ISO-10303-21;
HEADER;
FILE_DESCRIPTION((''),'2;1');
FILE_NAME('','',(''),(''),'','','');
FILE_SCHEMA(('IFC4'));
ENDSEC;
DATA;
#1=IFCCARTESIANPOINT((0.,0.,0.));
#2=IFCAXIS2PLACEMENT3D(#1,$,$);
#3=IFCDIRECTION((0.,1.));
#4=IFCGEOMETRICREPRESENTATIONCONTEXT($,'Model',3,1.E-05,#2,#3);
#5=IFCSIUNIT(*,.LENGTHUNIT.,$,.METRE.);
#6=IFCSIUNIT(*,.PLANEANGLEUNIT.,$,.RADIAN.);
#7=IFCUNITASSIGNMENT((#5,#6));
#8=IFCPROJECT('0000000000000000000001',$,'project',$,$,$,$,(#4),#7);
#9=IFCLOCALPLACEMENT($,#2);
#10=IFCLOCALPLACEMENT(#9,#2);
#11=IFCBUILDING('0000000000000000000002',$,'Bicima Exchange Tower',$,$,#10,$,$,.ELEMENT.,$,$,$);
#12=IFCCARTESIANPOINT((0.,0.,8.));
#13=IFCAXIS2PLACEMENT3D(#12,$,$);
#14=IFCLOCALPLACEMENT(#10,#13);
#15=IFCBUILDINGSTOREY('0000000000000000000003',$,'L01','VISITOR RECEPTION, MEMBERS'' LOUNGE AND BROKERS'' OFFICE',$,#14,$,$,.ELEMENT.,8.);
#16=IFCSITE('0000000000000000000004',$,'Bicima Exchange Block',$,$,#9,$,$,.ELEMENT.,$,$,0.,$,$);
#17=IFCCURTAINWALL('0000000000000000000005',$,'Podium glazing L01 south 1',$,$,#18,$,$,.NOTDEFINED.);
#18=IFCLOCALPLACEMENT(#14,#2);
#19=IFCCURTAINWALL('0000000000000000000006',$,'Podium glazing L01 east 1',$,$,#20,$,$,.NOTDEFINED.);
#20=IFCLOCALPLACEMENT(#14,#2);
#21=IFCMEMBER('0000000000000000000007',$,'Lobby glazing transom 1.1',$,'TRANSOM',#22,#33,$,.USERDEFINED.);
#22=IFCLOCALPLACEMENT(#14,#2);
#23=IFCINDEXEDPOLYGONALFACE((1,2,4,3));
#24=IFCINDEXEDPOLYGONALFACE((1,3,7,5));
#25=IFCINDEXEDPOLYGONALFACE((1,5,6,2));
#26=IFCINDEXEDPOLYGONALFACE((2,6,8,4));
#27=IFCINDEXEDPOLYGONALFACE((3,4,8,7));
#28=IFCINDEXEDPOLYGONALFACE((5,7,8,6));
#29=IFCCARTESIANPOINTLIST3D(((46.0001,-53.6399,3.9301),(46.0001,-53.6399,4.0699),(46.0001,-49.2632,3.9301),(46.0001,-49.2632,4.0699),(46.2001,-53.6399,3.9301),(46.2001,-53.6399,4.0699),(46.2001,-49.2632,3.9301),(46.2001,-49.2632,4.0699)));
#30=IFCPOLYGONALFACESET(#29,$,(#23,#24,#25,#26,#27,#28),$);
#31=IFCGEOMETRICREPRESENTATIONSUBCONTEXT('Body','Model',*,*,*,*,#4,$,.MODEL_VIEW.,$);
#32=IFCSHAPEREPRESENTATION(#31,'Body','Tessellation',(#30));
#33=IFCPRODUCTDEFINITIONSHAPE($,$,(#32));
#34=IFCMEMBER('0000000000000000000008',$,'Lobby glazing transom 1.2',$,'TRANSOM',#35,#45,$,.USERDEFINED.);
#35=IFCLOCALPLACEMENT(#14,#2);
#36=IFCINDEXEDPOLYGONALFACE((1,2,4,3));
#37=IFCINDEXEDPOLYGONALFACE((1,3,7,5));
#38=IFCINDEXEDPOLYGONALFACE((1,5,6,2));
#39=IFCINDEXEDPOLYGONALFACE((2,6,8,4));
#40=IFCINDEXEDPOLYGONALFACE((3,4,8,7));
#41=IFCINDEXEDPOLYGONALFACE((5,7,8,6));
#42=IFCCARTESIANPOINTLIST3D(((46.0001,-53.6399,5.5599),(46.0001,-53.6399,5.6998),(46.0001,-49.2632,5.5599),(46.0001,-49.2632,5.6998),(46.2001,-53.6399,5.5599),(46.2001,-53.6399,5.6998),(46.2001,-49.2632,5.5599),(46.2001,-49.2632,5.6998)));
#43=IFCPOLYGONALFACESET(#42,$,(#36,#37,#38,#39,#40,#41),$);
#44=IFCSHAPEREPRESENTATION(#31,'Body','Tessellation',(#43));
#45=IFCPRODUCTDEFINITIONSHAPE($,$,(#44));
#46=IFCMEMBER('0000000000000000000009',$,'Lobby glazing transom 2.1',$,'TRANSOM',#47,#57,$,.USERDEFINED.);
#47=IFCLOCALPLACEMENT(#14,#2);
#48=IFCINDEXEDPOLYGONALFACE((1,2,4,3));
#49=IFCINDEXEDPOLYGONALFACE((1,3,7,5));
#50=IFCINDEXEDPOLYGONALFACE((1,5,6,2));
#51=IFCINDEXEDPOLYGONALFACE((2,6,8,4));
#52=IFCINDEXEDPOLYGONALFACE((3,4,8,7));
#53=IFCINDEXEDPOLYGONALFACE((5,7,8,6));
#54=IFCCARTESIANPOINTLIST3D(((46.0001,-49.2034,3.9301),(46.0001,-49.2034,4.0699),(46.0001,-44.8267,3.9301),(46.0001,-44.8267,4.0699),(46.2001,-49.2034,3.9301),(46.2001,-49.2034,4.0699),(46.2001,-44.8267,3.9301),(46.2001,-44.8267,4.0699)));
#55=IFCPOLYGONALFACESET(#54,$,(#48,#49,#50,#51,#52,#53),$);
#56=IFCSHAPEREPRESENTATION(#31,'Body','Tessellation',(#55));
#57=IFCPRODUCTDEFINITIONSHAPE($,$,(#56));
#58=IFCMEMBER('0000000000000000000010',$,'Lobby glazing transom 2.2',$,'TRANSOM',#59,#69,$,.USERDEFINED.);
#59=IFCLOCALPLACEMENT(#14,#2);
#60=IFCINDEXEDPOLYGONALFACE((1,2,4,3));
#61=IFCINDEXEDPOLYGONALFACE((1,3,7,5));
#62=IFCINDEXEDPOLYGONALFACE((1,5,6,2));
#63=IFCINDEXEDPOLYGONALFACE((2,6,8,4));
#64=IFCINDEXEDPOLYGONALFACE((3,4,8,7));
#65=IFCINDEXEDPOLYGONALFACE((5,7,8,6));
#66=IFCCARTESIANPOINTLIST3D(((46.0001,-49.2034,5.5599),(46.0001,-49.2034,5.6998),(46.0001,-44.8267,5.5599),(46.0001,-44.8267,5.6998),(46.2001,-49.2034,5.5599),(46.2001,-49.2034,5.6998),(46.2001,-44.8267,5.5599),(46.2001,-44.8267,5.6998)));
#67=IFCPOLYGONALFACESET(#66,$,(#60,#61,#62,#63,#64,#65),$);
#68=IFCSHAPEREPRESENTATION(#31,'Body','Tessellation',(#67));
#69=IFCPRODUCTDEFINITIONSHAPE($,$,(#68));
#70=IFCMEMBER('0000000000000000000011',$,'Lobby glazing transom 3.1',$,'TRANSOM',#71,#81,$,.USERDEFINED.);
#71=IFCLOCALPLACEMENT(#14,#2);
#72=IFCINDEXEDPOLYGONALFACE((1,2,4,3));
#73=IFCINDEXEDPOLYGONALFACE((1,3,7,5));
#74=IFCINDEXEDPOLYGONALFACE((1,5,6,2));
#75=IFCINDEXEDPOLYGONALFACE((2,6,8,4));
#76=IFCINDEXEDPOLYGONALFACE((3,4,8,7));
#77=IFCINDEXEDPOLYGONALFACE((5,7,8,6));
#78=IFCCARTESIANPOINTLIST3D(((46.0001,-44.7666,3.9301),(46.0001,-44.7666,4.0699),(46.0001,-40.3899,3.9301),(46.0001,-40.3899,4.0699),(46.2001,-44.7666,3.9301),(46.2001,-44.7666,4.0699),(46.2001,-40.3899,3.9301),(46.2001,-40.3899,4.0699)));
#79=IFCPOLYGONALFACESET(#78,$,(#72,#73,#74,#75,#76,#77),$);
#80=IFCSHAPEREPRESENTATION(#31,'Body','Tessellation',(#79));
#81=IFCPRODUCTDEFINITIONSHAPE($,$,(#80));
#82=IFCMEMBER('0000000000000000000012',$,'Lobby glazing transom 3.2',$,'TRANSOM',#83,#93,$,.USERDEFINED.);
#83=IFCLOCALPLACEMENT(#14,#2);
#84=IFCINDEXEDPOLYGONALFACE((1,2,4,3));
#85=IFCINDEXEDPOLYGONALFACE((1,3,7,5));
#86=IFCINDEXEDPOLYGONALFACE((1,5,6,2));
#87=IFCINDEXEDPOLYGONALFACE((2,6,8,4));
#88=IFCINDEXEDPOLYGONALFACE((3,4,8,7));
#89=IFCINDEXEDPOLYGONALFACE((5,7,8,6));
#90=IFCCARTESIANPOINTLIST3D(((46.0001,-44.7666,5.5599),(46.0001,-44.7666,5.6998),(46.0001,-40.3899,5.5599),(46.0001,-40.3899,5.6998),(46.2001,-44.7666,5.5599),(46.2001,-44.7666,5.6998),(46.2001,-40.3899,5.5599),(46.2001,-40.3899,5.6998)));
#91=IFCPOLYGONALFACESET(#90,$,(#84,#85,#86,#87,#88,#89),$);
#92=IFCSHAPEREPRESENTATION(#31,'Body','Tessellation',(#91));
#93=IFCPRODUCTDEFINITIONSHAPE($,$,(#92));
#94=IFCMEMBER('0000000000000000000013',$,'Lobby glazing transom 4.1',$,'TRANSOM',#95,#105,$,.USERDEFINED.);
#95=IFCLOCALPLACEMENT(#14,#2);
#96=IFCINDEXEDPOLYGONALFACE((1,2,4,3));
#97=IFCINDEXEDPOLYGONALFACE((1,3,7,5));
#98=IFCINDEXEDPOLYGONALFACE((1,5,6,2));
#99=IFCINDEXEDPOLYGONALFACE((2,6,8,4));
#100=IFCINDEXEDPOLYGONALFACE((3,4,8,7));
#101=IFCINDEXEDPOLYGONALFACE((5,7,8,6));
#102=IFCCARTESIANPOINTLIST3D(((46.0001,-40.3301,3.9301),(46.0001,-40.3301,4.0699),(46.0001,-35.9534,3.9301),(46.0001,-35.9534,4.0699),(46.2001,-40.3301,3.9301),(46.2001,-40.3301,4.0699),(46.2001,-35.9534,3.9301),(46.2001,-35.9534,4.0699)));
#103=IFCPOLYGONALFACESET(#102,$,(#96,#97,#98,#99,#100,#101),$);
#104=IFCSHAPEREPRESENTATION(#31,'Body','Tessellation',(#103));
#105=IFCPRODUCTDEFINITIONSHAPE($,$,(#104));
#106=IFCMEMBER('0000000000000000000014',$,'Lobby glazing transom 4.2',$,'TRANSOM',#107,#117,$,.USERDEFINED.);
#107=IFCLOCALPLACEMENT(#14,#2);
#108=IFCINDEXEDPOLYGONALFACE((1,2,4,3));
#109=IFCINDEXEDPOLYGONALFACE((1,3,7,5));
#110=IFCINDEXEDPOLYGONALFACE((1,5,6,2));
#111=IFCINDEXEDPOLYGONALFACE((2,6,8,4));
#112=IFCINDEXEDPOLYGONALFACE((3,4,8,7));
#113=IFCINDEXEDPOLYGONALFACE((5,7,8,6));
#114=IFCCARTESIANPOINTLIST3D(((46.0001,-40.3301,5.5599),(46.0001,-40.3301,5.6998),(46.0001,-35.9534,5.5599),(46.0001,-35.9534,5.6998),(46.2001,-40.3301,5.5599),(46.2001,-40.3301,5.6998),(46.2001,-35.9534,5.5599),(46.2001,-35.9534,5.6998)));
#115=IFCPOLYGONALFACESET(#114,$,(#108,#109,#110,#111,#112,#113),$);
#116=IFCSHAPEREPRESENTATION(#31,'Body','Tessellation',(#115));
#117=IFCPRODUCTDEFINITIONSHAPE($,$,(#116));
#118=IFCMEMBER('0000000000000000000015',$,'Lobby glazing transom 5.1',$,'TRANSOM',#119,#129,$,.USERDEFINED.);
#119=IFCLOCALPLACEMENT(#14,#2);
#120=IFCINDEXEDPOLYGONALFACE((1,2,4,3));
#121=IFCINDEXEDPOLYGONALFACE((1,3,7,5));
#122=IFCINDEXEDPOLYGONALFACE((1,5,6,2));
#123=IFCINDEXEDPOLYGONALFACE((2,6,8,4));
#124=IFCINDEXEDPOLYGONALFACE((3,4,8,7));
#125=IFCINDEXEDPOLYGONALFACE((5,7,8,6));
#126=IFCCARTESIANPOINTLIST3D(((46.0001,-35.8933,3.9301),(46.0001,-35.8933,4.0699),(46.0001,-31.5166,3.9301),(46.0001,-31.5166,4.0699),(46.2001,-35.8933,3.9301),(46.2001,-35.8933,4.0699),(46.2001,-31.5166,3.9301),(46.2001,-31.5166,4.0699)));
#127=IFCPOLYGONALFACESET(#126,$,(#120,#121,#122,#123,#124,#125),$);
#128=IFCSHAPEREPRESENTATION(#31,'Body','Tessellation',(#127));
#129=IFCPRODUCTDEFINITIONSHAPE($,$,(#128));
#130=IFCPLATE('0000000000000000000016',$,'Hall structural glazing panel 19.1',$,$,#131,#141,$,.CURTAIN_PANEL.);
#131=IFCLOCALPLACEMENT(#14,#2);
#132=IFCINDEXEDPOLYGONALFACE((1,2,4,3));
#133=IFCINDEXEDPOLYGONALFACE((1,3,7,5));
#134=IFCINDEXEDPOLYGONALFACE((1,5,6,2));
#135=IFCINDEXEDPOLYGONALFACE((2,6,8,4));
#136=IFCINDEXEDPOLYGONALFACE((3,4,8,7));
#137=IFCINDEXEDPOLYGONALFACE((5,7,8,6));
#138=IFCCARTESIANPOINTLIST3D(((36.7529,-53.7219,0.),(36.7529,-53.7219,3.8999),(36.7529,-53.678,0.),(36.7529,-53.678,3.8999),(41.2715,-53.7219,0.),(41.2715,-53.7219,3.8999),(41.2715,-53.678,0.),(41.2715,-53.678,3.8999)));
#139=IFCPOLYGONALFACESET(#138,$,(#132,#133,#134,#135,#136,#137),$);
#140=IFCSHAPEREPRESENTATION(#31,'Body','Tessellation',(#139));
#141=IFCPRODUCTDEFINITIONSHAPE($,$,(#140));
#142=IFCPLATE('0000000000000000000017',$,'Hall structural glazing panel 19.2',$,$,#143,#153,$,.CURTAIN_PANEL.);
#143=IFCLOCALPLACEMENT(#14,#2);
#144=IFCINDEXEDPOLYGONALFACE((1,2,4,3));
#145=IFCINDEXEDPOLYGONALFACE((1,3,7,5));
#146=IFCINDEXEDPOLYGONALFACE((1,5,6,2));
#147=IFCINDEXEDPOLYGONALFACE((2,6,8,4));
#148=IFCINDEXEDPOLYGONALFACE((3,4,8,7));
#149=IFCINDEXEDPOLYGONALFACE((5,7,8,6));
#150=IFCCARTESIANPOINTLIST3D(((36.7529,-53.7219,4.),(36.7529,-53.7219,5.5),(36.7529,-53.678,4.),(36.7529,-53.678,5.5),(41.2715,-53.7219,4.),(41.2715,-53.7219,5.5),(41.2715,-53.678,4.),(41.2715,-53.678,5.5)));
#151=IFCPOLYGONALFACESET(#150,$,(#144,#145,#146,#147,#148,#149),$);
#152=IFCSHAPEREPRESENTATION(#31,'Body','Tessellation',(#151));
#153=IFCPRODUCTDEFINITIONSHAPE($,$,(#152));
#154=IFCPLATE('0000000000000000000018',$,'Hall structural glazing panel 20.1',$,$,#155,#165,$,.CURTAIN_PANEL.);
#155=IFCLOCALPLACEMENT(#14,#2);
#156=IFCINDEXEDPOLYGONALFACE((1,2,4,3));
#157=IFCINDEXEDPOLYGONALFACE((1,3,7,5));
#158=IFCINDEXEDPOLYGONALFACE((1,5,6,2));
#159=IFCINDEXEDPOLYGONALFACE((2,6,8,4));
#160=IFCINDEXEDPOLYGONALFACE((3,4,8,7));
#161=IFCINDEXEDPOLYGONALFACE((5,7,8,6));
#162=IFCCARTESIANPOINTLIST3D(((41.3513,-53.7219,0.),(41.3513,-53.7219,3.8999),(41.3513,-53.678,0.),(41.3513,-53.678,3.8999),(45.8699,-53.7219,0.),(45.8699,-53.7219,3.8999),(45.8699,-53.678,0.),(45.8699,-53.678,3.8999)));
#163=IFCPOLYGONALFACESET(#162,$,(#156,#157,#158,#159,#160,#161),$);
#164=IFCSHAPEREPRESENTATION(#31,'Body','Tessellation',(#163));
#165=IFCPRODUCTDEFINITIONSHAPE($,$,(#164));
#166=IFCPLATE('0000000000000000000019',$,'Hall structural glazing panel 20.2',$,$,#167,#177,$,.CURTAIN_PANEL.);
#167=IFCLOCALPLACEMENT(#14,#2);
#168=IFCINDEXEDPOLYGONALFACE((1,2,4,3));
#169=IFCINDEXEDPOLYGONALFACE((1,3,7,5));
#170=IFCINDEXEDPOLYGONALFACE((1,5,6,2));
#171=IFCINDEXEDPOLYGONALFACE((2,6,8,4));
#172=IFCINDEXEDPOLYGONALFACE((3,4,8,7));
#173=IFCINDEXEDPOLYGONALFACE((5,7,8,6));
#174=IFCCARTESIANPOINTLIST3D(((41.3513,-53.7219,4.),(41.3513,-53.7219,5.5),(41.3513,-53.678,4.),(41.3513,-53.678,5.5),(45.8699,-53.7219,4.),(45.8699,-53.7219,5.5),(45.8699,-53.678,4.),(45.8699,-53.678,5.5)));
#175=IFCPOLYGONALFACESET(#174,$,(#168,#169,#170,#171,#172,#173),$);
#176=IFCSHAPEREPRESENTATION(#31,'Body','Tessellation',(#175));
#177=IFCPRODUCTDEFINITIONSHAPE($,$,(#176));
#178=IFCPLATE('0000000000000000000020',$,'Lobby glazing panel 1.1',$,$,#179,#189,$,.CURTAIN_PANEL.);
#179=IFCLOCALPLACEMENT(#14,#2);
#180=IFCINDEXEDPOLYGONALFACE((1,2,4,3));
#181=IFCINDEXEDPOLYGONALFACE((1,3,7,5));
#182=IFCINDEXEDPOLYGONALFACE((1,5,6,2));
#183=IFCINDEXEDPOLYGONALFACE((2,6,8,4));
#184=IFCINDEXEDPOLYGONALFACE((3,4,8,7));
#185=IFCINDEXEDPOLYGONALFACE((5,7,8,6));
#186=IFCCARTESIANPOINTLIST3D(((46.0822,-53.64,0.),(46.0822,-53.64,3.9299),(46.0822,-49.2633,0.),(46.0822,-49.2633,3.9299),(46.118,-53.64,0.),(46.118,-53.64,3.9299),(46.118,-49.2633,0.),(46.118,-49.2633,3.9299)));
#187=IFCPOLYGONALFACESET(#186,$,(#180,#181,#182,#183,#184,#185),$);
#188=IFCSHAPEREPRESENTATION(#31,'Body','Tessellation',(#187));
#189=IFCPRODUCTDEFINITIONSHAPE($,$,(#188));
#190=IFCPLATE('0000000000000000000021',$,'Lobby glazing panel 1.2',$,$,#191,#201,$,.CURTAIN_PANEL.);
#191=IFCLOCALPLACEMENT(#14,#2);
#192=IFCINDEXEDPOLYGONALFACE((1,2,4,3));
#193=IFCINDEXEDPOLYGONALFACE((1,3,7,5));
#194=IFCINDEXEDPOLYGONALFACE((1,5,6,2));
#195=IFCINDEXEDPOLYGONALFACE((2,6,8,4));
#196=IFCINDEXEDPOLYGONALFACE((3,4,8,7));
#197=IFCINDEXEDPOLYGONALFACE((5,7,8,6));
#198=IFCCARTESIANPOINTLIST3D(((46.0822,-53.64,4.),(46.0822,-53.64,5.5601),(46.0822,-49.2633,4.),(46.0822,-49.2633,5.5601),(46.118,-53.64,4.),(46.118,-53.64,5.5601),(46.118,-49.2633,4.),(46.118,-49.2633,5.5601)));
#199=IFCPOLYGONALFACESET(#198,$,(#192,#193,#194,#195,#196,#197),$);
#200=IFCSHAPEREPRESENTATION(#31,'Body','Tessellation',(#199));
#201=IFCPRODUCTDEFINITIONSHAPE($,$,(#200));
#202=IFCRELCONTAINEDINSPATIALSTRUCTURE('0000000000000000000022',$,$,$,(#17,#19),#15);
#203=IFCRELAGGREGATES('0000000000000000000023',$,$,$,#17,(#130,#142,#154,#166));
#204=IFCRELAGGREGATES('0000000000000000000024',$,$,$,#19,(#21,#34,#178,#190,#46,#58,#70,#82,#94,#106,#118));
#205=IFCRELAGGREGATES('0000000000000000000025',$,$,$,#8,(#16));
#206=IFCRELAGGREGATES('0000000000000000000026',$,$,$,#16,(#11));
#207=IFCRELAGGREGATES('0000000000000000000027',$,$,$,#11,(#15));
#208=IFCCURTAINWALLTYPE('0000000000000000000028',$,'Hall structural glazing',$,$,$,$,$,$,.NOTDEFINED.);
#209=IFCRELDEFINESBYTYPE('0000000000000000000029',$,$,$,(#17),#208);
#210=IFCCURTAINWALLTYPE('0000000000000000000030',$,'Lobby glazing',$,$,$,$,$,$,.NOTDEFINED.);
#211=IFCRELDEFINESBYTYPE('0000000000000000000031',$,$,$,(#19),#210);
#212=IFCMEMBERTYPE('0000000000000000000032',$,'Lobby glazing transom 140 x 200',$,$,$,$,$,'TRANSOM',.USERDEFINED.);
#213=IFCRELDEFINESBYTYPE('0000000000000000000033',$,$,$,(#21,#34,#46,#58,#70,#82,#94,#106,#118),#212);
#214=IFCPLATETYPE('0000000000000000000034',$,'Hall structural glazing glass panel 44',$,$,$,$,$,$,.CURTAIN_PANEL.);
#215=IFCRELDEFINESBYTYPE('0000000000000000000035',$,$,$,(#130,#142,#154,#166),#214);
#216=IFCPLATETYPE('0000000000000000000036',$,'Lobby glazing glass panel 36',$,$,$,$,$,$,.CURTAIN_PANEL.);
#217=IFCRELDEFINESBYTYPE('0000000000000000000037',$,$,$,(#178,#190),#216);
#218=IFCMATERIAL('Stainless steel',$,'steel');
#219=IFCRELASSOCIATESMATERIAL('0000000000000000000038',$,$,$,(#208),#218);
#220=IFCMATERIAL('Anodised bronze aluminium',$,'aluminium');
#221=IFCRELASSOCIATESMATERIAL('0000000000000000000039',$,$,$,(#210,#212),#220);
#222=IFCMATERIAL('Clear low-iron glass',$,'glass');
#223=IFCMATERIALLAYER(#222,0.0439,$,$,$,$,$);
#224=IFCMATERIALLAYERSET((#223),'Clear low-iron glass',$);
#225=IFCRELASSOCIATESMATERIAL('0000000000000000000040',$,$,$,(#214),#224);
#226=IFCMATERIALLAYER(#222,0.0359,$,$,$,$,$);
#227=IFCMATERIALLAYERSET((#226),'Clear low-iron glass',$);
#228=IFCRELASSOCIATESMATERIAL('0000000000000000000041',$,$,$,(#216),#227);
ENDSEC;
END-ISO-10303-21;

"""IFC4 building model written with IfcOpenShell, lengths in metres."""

from ifc_helpers import new_model, si_unit, direction, frame, origin, origin_2d, place, context, subcontext, project, spatial, rectangle, extrude, material, layer, layer_set, material_profile, profile_set, type_object, element, aggregate, save


model = new_model("IFC4")

# Units and contexts
model_context = context("Model", 3, precision=1e-05, world=origin(), true_north=direction((0.0, 1.0)))
body_context = subcontext(model_context, "Body", "Model", "MODEL_VIEW")
ifc_project = project(units=[si_unit("LENGTHUNIT", "METRE"), si_unit("PLANEANGLEUNIT", "RADIAN")], contexts=[model_context])

# Site, building, storey
site_placement = place(None, origin())
site = spatial("IfcSite", under=ifc_project, at=site_placement, Name="Bicima Exchange Block", CompositionType="ELEMENT", RefElevation=0.0)
building_placement = place(site_placement, origin())
building = spatial("IfcBuilding", under=site, at=building_placement, Name="Bicima Exchange Tower", CompositionType="ELEMENT")
storey_placement = place(building_placement, frame((0.0, 0.0, 8.0)))
storey = spatial("IfcBuildingStorey", under=building, at=storey_placement, Name="L01", Description="VISITOR RECEPTION, MEMBERS' LOUNGE AND BROKERS' OFFICE", CompositionType="ELEMENT", Elevation=8.0)

# Curtain walls, members
ifc_material_1 = material(Name="Stainless steel", Category="steel")
curtain_wall_type_1 = type_object("IfcCurtainWallType", Name="Hall structural glazing", PredefinedType="NOTDEFINED", material=ifc_material_1)
curtain_wall_1_placement = place(storey_placement, origin())
curtain_wall_1 = element("IfcCurtainWall", 1, at=curtain_wall_1_placement, inside=storey, type_object=curtain_wall_type_1, Name="Podium glazing L01 south 1", PredefinedType="NOTDEFINED")
ifc_material_2 = material(Name="Anodised bronze aluminium", Category="aluminium")
curtain_wall_type_2 = type_object("IfcCurtainWallType", Name="Lobby glazing", PredefinedType="NOTDEFINED", material=ifc_material_2)
curtain_wall_2_placement = place(storey_placement, origin())
curtain_wall_2 = element("IfcCurtainWall", 2, at=curtain_wall_2_placement, inside=storey, type_object=curtain_wall_type_2, Name="Podium glazing L01 east 1", PredefinedType="NOTDEFINED")
ifc_material_profile_1 = material_profile(ifc_material_2, rectangle(XDim=0.2, YDim=0.1399, at=origin_2d()))
ifc_profile_set_1 = profile_set([ifc_material_profile_1], Name="Anodised bronze aluminium")
member_type_1 = type_object("IfcMemberType", Name="Lobby glazing transom 140 x 200", ElementType="TRANSOM", PredefinedType="USERDEFINED", material=ifc_profile_set_1)
member_1_placement = place(storey_placement, frame((46.1001, -53.6399, 4.0), z_axis=(0.0, 1.0, 0.0), x_axis=(-1.0, 0.0, 0.0)))
member_1 = element("IfcMember", 3, at=member_1_placement, type_object=member_type_1, Name="Lobby glazing transom 1.1", ObjectType="TRANSOM", PredefinedType="USERDEFINED", context=body_context, shape_type="SweptSolid", body=[
    extrude(rectangle(XDim=0.2, YDim=0.1399, at=origin_2d()), origin(), (0.0, 0.0, 1.0), 4.3767),
])
member_2_placement = place(storey_placement, frame((46.1001, -53.6399, 5.6299), z_axis=(0.0, 1.0, 0.0), x_axis=(-1.0, 0.0, 0.0)))
member_2 = element("IfcMember", 4, at=member_2_placement, type_object=member_type_1, Name="Lobby glazing transom 1.2", ObjectType="TRANSOM", PredefinedType="USERDEFINED", context=body_context, shape_type="SweptSolid", body=[
    extrude(rectangle(XDim=0.2, YDim=0.1399, at=origin_2d()), origin(), (0.0, 0.0, 1.0), 4.3767),
])
member_3_placement = place(storey_placement, frame((46.1001, -49.2034, 4.0), z_axis=(0.0, 1.0, 0.0), x_axis=(-1.0, 0.0, 0.0)))
member_3 = element("IfcMember", 5, at=member_3_placement, type_object=member_type_1, Name="Lobby glazing transom 2.1", ObjectType="TRANSOM", PredefinedType="USERDEFINED", context=body_context, shape_type="SweptSolid", body=[
    extrude(rectangle(XDim=0.2, YDim=0.1399, at=origin_2d()), origin(), (0.0, 0.0, 1.0), 4.3767),
])
member_4_placement = place(storey_placement, frame((46.1001, -49.2034, 5.6299), z_axis=(0.0, 1.0, 0.0), x_axis=(-1.0, 0.0, 0.0)))
member_4 = element("IfcMember", 6, at=member_4_placement, type_object=member_type_1, Name="Lobby glazing transom 2.2", ObjectType="TRANSOM", PredefinedType="USERDEFINED", context=body_context, shape_type="SweptSolid", body=[
    extrude(rectangle(XDim=0.2, YDim=0.1399, at=origin_2d()), origin(), (0.0, 0.0, 1.0), 4.3767),
])
member_5_placement = place(storey_placement, frame((46.1001, -44.7666, 4.0), z_axis=(0.0, 1.0, 0.0), x_axis=(-1.0, 0.0, 0.0)))
member_5 = element("IfcMember", 7, at=member_5_placement, type_object=member_type_1, Name="Lobby glazing transom 3.1", ObjectType="TRANSOM", PredefinedType="USERDEFINED", context=body_context, shape_type="SweptSolid", body=[
    extrude(rectangle(XDim=0.2, YDim=0.1399, at=origin_2d()), origin(), (0.0, 0.0, 1.0), 4.3767),
])
member_6_placement = place(storey_placement, frame((46.1001, -44.7666, 5.6299), z_axis=(0.0, 1.0, 0.0), x_axis=(-1.0, 0.0, 0.0)))
member_6 = element("IfcMember", 8, at=member_6_placement, type_object=member_type_1, Name="Lobby glazing transom 3.2", ObjectType="TRANSOM", PredefinedType="USERDEFINED", context=body_context, shape_type="SweptSolid", body=[
    extrude(rectangle(XDim=0.2, YDim=0.1399, at=origin_2d()), origin(), (0.0, 0.0, 1.0), 4.3767),
])
member_7_placement = place(storey_placement, frame((46.1001, -40.3301, 4.0), z_axis=(0.0, 1.0, 0.0), x_axis=(-1.0, 0.0, 0.0)))
member_7 = element("IfcMember", 9, at=member_7_placement, type_object=member_type_1, Name="Lobby glazing transom 4.1", ObjectType="TRANSOM", PredefinedType="USERDEFINED", context=body_context, shape_type="SweptSolid", body=[
    extrude(rectangle(XDim=0.2, YDim=0.1399, at=origin_2d()), origin(), (0.0, 0.0, 1.0), 4.3767),
])
member_8_placement = place(storey_placement, frame((46.1001, -40.3301, 5.6299), z_axis=(0.0, 1.0, 0.0), x_axis=(-1.0, 0.0, 0.0)))
member_8 = element("IfcMember", 10, at=member_8_placement, type_object=member_type_1, Name="Lobby glazing transom 4.2", ObjectType="TRANSOM", PredefinedType="USERDEFINED", context=body_context, shape_type="SweptSolid", body=[
    extrude(rectangle(XDim=0.2, YDim=0.1399, at=origin_2d()), origin(), (0.0, 0.0, 1.0), 4.3767),
])
member_9_placement = place(storey_placement, frame((46.1001, -35.8933, 4.0), z_axis=(0.0, 1.0, 0.0), x_axis=(-1.0, 0.0, 0.0)))
member_9 = element("IfcMember", 11, at=member_9_placement, type_object=member_type_1, Name="Lobby glazing transom 5.1", ObjectType="TRANSOM", PredefinedType="USERDEFINED", context=body_context, shape_type="SweptSolid", body=[
    extrude(rectangle(XDim=0.2, YDim=0.1399, at=origin_2d()), origin(), (0.0, 0.0, 1.0), 4.3767),
])

# Plates
ifc_material_3 = material(Name="Clear low-iron glass", Category="glass")
ifc_layer_1 = layer(ifc_material_3, 0.0439)
ifc_layer_set_1 = layer_set([ifc_layer_1], Name="Clear low-iron glass")
plate_type_1 = type_object("IfcPlateType", Name="Hall structural glazing glass panel 44", PredefinedType="CURTAIN_PANEL", material=ifc_layer_set_1)
plate_1_placement = place(storey_placement, frame((39.0122, -53.7, 0.0), z_axis=(0.0, 0.0, 1.0), x_axis=(1.0, 0.0, 0.0)))
plate_1 = element("IfcPlate", 12, at=plate_1_placement, type_object=plate_type_1, Name="Hall structural glazing panel 19.1", PredefinedType="CURTAIN_PANEL", context=body_context, shape_type="SweptSolid", body=[
    extrude(rectangle(XDim=4.5186, YDim=0.0439, at=origin_2d()), origin(), (0.0, 0.0, 1.0), 3.8999),
])
plate_2_placement = place(storey_placement, frame((39.0122, -53.7, 4.0), z_axis=(0.0, 0.0, 1.0), x_axis=(1.0, 0.0, 0.0)))
plate_2 = element("IfcPlate", 13, at=plate_2_placement, type_object=plate_type_1, Name="Hall structural glazing panel 19.2", PredefinedType="CURTAIN_PANEL", context=body_context, shape_type="SweptSolid", body=[
    extrude(rectangle(XDim=4.5186, YDim=0.0439, at=origin_2d()), origin(), (0.0, 0.0, 1.0), 1.5),
])
plate_3_placement = place(storey_placement, frame((43.6106, -53.7, 0.0), z_axis=(0.0, 0.0, 1.0), x_axis=(1.0, 0.0, 0.0)))
plate_3 = element("IfcPlate", 14, at=plate_3_placement, type_object=plate_type_1, Name="Hall structural glazing panel 20.1", PredefinedType="CURTAIN_PANEL", context=body_context, shape_type="SweptSolid", body=[
    extrude(rectangle(XDim=4.5186, YDim=0.0439, at=origin_2d()), origin(), (0.0, 0.0, 1.0), 3.8999),
])
plate_4_placement = place(storey_placement, frame((43.6106, -53.7, 4.0), z_axis=(0.0, 0.0, 1.0), x_axis=(1.0, 0.0, 0.0)))
plate_4 = element("IfcPlate", 15, at=plate_4_placement, type_object=plate_type_1, Name="Hall structural glazing panel 20.2", PredefinedType="CURTAIN_PANEL", context=body_context, shape_type="SweptSolid", body=[
    extrude(rectangle(XDim=4.5186, YDim=0.0439, at=origin_2d()), origin(), (0.0, 0.0, 1.0), 1.5),
])
aggregate(curtain_wall_1, [plate_1, plate_2, plate_3, plate_4])
ifc_layer_2 = layer(ifc_material_3, 0.0359)
ifc_layer_set_2 = layer_set([ifc_layer_2], Name="Clear low-iron glass")
plate_type_2 = type_object("IfcPlateType", Name="Lobby glazing glass panel 36", PredefinedType="CURTAIN_PANEL", material=ifc_layer_set_2)
plate_5_placement = place(storey_placement, frame((46.1001, -51.4517, 0.0), z_axis=(0.0, 0.0, 1.0), x_axis=(0.0, 1.0, 0.0)))
plate_5 = element("IfcPlate", 16, at=plate_5_placement, type_object=plate_type_2, Name="Lobby glazing panel 1.1", PredefinedType="CURTAIN_PANEL", context=body_context, shape_type="SweptSolid", body=[
    extrude(rectangle(XDim=4.3767, YDim=0.0359, at=origin_2d()), origin(), (0.0, 0.0, 1.0), 3.9299),
])
plate_6_placement = place(storey_placement, frame((46.1001, -51.4517, 4.0), z_axis=(0.0, 0.0, 1.0), x_axis=(0.0, 1.0, 0.0)))
plate_6 = element("IfcPlate", 17, at=plate_6_placement, type_object=plate_type_2, Name="Lobby glazing panel 1.2", PredefinedType="CURTAIN_PANEL", context=body_context, shape_type="SweptSolid", body=[
    extrude(rectangle(XDim=4.3767, YDim=0.0359, at=origin_2d()), origin(), (0.0, 0.0, 1.0), 1.5601),
])
aggregate(curtain_wall_2, [member_1, member_2, plate_5, plate_6, member_3, member_4, member_5, member_6, member_7, member_8, member_9])

save(model, "model.ifc")
